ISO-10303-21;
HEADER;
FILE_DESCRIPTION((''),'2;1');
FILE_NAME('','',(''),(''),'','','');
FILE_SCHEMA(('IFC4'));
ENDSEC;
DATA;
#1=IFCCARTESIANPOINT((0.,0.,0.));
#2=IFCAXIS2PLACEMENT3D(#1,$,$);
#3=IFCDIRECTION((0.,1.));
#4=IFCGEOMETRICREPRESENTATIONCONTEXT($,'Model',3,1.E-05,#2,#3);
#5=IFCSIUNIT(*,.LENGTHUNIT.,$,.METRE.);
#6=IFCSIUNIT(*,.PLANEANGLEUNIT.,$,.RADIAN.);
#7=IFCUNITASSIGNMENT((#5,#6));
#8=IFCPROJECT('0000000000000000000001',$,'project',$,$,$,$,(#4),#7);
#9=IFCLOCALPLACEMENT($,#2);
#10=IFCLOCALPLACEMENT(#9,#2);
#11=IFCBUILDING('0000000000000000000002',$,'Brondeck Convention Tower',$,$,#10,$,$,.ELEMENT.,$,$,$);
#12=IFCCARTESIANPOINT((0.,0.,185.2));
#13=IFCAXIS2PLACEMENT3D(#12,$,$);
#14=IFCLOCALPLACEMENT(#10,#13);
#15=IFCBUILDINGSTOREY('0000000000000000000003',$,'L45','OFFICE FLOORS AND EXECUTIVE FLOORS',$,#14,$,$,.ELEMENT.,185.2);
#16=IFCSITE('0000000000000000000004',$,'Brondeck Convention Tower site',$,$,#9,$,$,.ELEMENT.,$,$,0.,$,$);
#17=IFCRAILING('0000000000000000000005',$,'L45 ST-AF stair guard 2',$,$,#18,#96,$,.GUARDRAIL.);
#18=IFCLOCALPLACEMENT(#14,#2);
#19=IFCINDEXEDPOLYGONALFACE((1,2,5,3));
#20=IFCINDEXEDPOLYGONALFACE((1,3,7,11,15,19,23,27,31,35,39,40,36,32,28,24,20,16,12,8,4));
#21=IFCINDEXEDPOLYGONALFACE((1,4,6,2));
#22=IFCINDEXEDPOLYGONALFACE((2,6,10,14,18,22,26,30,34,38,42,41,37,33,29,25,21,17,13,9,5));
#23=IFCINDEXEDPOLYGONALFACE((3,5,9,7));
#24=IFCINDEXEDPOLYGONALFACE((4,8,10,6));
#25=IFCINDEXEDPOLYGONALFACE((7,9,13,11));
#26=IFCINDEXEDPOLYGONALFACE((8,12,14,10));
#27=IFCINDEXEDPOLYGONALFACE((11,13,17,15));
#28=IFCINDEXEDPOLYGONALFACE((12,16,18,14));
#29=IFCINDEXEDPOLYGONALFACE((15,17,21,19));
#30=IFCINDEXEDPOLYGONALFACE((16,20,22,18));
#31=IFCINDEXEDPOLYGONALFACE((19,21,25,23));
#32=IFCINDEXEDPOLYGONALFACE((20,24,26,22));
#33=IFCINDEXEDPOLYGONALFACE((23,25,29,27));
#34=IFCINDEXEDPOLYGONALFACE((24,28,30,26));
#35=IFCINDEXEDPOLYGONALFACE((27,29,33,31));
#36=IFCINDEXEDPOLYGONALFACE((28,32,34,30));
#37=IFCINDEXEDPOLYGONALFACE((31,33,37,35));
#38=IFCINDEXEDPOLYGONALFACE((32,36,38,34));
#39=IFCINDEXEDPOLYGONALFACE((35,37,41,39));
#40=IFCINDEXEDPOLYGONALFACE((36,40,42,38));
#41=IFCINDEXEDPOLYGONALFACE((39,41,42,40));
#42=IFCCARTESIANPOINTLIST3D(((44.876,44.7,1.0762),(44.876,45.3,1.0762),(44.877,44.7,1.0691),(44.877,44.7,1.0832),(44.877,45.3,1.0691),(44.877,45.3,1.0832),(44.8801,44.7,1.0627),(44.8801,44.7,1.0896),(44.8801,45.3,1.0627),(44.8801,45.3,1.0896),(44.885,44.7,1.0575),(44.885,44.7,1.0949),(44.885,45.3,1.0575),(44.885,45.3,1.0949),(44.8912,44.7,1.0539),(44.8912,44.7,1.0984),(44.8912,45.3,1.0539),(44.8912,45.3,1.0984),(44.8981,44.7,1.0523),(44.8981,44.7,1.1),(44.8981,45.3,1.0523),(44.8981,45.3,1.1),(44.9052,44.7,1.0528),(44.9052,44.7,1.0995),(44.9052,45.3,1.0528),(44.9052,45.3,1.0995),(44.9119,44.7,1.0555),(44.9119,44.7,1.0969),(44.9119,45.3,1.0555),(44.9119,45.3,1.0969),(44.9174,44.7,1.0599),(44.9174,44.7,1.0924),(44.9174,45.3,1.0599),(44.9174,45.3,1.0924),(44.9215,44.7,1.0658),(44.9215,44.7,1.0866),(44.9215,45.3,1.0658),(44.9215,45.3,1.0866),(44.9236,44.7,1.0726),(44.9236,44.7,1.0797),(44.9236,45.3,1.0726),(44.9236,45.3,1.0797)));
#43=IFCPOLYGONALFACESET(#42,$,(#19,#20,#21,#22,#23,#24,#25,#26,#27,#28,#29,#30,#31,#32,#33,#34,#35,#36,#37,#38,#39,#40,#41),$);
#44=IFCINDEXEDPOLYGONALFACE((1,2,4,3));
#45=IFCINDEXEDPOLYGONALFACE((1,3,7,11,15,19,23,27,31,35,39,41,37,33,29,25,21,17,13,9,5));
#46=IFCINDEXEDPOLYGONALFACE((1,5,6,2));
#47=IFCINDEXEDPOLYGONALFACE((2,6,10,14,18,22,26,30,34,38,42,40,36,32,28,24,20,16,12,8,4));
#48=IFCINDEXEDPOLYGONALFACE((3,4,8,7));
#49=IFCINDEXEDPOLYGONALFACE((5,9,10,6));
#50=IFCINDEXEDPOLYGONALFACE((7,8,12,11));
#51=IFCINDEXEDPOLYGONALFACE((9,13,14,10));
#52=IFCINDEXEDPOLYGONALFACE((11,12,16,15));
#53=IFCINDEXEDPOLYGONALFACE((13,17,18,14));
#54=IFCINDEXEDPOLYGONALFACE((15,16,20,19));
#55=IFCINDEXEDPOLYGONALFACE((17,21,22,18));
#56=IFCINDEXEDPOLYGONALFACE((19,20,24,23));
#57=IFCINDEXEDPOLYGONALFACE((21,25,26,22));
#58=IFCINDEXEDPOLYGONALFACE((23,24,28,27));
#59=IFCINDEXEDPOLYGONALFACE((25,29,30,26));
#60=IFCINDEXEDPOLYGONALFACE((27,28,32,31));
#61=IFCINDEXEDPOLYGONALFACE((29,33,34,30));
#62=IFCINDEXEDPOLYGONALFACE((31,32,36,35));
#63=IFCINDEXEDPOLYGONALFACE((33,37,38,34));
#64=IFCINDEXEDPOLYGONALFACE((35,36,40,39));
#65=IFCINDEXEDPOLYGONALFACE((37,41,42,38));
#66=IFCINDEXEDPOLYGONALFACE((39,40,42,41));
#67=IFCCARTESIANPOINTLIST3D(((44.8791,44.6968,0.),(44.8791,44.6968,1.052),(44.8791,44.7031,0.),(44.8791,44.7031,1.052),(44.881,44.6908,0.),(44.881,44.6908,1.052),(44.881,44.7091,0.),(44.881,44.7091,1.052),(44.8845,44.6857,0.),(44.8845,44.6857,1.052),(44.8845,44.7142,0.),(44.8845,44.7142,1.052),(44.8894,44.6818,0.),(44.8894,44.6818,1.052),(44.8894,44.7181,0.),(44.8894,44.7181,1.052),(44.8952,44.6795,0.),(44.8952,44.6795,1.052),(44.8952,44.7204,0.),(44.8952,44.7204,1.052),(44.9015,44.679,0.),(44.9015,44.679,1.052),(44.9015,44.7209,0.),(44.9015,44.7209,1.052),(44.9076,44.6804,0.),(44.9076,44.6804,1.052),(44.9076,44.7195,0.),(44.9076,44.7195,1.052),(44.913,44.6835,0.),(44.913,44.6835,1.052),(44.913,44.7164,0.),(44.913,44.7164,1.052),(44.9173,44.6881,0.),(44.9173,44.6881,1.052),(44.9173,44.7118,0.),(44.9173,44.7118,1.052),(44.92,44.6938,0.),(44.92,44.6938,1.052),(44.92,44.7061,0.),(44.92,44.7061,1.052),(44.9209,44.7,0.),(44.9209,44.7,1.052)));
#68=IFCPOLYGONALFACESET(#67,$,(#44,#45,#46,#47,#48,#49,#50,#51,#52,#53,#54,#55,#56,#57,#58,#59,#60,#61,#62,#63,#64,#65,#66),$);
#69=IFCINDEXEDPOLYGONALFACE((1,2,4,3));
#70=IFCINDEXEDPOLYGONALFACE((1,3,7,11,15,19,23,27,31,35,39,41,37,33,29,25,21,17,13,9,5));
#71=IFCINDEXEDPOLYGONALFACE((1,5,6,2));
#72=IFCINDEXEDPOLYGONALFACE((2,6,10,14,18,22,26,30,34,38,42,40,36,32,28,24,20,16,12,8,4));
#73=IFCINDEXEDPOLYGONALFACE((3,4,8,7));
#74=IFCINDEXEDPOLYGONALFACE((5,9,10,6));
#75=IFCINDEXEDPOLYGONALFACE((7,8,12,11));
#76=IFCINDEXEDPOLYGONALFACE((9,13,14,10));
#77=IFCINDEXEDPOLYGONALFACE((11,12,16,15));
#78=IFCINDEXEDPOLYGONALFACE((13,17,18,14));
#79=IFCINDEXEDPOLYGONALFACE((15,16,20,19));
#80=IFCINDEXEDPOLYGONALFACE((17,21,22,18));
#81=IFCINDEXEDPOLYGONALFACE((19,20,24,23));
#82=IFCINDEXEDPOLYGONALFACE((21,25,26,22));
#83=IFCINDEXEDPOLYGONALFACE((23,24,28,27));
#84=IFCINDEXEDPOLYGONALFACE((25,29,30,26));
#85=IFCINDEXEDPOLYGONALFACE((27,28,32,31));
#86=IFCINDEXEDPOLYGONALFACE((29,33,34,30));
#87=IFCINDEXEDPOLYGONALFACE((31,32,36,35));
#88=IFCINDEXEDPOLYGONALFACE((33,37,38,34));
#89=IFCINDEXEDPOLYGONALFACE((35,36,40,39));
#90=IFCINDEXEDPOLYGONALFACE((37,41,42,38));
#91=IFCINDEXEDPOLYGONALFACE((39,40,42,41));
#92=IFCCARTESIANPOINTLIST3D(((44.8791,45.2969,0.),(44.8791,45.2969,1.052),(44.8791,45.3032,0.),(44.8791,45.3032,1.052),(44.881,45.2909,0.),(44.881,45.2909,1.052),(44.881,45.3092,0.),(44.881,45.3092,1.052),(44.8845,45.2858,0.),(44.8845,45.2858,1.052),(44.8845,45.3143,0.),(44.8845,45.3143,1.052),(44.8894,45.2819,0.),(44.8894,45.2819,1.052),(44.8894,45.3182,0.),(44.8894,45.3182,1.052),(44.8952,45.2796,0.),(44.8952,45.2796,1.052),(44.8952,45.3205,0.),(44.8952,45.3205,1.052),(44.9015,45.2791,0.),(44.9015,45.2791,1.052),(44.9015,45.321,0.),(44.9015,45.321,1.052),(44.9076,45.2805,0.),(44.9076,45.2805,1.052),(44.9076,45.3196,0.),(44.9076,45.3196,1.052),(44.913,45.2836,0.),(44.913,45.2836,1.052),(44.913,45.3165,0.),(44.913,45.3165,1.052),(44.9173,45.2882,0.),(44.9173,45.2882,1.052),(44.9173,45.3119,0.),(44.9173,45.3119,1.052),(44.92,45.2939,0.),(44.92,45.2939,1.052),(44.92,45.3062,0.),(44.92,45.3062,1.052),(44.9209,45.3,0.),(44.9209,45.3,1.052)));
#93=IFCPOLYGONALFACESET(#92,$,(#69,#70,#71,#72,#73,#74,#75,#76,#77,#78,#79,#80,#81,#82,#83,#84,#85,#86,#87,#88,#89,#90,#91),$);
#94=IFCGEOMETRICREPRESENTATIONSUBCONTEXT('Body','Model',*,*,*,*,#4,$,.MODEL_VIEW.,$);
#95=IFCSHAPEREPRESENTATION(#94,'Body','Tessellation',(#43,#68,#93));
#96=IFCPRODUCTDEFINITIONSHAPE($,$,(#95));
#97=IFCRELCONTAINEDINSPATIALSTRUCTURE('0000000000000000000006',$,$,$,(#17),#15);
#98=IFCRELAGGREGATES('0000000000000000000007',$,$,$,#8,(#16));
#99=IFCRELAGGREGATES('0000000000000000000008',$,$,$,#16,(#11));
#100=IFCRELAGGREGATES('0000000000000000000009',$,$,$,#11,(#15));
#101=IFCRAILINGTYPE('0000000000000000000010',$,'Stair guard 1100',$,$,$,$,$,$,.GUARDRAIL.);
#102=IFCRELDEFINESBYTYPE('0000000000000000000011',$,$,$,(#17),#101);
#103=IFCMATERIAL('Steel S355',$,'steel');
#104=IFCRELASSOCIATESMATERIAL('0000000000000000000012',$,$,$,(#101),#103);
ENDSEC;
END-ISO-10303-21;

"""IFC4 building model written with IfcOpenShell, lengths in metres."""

from ifc_helpers import new_model, si_unit, direction, frame, origin, origin_2d, place, context, subcontext, project, spatial, circle, extrude, material, type_object, element, save


model = new_model("IFC4")

# Units and contexts
model_context = context("Model", 3, precision=1e-05, world=origin(), true_north=direction((0.0, 1.0)))
body_context = subcontext(model_context, "Body", "Model", "MODEL_VIEW")
ifc_project = project(units=[si_unit("LENGTHUNIT", "METRE"), si_unit("PLANEANGLEUNIT", "RADIAN")], contexts=[model_context])

# Site, building, storey
site_placement = place(None, origin())
site = spatial("IfcSite", under=ifc_project, at=site_placement, Name="Brondeck Convention Tower site", CompositionType="ELEMENT", RefElevation=0.0)
building_placement = place(site_placement, origin())
building = spatial("IfcBuilding", under=site, at=building_placement, Name="Brondeck Convention Tower", CompositionType="ELEMENT")
storey_placement = place(building_placement, frame((0.0, 0.0, 185.2)))
storey = spatial("IfcBuildingStorey", under=building, at=storey_placement, Name="L45", Description="OFFICE FLOORS AND EXECUTIVE FLOORS", CompositionType="ELEMENT", Elevation=185.2)

# Shared definitions
ifc_material_1 = material(Name="Steel S355", Category="steel")

# Railing
railing_type_1 = type_object("IfcRailingType", Name="Stair guard 1100", PredefinedType="GUARDRAIL", material=ifc_material_1)
railing_1_placement = place(storey_placement, frame((44.8999, 44.7, 0.0)))
element("IfcRailing", 1, at=railing_1_placement, inside=storey, type_object=railing_type_1, Name="L45 ST-AF stair guard 2", PredefinedType="GUARDRAIL", context=body_context, shape_type="SweptSolid", body=[
    extrude(circle(Radius=0.0239, at=origin_2d()), frame((0.0, 0.0, 1.0762), z_axis=(0.0, 1.0, 0.0), x_axis=(-1.0, 0.0, 0.0)), (0.0, 0.0, 1.0), 0.6001),
    extrude(circle(Radius=0.021, at=origin_2d()), origin(), (0.0, 0.0, 1.0), 1.052),
    extrude(circle(Radius=0.021, at=origin_2d()), frame((0.0, 0.6001, 0.0)), (0.0, 0.0, 1.0), 1.052),
])

save(model, "model.ifc")
